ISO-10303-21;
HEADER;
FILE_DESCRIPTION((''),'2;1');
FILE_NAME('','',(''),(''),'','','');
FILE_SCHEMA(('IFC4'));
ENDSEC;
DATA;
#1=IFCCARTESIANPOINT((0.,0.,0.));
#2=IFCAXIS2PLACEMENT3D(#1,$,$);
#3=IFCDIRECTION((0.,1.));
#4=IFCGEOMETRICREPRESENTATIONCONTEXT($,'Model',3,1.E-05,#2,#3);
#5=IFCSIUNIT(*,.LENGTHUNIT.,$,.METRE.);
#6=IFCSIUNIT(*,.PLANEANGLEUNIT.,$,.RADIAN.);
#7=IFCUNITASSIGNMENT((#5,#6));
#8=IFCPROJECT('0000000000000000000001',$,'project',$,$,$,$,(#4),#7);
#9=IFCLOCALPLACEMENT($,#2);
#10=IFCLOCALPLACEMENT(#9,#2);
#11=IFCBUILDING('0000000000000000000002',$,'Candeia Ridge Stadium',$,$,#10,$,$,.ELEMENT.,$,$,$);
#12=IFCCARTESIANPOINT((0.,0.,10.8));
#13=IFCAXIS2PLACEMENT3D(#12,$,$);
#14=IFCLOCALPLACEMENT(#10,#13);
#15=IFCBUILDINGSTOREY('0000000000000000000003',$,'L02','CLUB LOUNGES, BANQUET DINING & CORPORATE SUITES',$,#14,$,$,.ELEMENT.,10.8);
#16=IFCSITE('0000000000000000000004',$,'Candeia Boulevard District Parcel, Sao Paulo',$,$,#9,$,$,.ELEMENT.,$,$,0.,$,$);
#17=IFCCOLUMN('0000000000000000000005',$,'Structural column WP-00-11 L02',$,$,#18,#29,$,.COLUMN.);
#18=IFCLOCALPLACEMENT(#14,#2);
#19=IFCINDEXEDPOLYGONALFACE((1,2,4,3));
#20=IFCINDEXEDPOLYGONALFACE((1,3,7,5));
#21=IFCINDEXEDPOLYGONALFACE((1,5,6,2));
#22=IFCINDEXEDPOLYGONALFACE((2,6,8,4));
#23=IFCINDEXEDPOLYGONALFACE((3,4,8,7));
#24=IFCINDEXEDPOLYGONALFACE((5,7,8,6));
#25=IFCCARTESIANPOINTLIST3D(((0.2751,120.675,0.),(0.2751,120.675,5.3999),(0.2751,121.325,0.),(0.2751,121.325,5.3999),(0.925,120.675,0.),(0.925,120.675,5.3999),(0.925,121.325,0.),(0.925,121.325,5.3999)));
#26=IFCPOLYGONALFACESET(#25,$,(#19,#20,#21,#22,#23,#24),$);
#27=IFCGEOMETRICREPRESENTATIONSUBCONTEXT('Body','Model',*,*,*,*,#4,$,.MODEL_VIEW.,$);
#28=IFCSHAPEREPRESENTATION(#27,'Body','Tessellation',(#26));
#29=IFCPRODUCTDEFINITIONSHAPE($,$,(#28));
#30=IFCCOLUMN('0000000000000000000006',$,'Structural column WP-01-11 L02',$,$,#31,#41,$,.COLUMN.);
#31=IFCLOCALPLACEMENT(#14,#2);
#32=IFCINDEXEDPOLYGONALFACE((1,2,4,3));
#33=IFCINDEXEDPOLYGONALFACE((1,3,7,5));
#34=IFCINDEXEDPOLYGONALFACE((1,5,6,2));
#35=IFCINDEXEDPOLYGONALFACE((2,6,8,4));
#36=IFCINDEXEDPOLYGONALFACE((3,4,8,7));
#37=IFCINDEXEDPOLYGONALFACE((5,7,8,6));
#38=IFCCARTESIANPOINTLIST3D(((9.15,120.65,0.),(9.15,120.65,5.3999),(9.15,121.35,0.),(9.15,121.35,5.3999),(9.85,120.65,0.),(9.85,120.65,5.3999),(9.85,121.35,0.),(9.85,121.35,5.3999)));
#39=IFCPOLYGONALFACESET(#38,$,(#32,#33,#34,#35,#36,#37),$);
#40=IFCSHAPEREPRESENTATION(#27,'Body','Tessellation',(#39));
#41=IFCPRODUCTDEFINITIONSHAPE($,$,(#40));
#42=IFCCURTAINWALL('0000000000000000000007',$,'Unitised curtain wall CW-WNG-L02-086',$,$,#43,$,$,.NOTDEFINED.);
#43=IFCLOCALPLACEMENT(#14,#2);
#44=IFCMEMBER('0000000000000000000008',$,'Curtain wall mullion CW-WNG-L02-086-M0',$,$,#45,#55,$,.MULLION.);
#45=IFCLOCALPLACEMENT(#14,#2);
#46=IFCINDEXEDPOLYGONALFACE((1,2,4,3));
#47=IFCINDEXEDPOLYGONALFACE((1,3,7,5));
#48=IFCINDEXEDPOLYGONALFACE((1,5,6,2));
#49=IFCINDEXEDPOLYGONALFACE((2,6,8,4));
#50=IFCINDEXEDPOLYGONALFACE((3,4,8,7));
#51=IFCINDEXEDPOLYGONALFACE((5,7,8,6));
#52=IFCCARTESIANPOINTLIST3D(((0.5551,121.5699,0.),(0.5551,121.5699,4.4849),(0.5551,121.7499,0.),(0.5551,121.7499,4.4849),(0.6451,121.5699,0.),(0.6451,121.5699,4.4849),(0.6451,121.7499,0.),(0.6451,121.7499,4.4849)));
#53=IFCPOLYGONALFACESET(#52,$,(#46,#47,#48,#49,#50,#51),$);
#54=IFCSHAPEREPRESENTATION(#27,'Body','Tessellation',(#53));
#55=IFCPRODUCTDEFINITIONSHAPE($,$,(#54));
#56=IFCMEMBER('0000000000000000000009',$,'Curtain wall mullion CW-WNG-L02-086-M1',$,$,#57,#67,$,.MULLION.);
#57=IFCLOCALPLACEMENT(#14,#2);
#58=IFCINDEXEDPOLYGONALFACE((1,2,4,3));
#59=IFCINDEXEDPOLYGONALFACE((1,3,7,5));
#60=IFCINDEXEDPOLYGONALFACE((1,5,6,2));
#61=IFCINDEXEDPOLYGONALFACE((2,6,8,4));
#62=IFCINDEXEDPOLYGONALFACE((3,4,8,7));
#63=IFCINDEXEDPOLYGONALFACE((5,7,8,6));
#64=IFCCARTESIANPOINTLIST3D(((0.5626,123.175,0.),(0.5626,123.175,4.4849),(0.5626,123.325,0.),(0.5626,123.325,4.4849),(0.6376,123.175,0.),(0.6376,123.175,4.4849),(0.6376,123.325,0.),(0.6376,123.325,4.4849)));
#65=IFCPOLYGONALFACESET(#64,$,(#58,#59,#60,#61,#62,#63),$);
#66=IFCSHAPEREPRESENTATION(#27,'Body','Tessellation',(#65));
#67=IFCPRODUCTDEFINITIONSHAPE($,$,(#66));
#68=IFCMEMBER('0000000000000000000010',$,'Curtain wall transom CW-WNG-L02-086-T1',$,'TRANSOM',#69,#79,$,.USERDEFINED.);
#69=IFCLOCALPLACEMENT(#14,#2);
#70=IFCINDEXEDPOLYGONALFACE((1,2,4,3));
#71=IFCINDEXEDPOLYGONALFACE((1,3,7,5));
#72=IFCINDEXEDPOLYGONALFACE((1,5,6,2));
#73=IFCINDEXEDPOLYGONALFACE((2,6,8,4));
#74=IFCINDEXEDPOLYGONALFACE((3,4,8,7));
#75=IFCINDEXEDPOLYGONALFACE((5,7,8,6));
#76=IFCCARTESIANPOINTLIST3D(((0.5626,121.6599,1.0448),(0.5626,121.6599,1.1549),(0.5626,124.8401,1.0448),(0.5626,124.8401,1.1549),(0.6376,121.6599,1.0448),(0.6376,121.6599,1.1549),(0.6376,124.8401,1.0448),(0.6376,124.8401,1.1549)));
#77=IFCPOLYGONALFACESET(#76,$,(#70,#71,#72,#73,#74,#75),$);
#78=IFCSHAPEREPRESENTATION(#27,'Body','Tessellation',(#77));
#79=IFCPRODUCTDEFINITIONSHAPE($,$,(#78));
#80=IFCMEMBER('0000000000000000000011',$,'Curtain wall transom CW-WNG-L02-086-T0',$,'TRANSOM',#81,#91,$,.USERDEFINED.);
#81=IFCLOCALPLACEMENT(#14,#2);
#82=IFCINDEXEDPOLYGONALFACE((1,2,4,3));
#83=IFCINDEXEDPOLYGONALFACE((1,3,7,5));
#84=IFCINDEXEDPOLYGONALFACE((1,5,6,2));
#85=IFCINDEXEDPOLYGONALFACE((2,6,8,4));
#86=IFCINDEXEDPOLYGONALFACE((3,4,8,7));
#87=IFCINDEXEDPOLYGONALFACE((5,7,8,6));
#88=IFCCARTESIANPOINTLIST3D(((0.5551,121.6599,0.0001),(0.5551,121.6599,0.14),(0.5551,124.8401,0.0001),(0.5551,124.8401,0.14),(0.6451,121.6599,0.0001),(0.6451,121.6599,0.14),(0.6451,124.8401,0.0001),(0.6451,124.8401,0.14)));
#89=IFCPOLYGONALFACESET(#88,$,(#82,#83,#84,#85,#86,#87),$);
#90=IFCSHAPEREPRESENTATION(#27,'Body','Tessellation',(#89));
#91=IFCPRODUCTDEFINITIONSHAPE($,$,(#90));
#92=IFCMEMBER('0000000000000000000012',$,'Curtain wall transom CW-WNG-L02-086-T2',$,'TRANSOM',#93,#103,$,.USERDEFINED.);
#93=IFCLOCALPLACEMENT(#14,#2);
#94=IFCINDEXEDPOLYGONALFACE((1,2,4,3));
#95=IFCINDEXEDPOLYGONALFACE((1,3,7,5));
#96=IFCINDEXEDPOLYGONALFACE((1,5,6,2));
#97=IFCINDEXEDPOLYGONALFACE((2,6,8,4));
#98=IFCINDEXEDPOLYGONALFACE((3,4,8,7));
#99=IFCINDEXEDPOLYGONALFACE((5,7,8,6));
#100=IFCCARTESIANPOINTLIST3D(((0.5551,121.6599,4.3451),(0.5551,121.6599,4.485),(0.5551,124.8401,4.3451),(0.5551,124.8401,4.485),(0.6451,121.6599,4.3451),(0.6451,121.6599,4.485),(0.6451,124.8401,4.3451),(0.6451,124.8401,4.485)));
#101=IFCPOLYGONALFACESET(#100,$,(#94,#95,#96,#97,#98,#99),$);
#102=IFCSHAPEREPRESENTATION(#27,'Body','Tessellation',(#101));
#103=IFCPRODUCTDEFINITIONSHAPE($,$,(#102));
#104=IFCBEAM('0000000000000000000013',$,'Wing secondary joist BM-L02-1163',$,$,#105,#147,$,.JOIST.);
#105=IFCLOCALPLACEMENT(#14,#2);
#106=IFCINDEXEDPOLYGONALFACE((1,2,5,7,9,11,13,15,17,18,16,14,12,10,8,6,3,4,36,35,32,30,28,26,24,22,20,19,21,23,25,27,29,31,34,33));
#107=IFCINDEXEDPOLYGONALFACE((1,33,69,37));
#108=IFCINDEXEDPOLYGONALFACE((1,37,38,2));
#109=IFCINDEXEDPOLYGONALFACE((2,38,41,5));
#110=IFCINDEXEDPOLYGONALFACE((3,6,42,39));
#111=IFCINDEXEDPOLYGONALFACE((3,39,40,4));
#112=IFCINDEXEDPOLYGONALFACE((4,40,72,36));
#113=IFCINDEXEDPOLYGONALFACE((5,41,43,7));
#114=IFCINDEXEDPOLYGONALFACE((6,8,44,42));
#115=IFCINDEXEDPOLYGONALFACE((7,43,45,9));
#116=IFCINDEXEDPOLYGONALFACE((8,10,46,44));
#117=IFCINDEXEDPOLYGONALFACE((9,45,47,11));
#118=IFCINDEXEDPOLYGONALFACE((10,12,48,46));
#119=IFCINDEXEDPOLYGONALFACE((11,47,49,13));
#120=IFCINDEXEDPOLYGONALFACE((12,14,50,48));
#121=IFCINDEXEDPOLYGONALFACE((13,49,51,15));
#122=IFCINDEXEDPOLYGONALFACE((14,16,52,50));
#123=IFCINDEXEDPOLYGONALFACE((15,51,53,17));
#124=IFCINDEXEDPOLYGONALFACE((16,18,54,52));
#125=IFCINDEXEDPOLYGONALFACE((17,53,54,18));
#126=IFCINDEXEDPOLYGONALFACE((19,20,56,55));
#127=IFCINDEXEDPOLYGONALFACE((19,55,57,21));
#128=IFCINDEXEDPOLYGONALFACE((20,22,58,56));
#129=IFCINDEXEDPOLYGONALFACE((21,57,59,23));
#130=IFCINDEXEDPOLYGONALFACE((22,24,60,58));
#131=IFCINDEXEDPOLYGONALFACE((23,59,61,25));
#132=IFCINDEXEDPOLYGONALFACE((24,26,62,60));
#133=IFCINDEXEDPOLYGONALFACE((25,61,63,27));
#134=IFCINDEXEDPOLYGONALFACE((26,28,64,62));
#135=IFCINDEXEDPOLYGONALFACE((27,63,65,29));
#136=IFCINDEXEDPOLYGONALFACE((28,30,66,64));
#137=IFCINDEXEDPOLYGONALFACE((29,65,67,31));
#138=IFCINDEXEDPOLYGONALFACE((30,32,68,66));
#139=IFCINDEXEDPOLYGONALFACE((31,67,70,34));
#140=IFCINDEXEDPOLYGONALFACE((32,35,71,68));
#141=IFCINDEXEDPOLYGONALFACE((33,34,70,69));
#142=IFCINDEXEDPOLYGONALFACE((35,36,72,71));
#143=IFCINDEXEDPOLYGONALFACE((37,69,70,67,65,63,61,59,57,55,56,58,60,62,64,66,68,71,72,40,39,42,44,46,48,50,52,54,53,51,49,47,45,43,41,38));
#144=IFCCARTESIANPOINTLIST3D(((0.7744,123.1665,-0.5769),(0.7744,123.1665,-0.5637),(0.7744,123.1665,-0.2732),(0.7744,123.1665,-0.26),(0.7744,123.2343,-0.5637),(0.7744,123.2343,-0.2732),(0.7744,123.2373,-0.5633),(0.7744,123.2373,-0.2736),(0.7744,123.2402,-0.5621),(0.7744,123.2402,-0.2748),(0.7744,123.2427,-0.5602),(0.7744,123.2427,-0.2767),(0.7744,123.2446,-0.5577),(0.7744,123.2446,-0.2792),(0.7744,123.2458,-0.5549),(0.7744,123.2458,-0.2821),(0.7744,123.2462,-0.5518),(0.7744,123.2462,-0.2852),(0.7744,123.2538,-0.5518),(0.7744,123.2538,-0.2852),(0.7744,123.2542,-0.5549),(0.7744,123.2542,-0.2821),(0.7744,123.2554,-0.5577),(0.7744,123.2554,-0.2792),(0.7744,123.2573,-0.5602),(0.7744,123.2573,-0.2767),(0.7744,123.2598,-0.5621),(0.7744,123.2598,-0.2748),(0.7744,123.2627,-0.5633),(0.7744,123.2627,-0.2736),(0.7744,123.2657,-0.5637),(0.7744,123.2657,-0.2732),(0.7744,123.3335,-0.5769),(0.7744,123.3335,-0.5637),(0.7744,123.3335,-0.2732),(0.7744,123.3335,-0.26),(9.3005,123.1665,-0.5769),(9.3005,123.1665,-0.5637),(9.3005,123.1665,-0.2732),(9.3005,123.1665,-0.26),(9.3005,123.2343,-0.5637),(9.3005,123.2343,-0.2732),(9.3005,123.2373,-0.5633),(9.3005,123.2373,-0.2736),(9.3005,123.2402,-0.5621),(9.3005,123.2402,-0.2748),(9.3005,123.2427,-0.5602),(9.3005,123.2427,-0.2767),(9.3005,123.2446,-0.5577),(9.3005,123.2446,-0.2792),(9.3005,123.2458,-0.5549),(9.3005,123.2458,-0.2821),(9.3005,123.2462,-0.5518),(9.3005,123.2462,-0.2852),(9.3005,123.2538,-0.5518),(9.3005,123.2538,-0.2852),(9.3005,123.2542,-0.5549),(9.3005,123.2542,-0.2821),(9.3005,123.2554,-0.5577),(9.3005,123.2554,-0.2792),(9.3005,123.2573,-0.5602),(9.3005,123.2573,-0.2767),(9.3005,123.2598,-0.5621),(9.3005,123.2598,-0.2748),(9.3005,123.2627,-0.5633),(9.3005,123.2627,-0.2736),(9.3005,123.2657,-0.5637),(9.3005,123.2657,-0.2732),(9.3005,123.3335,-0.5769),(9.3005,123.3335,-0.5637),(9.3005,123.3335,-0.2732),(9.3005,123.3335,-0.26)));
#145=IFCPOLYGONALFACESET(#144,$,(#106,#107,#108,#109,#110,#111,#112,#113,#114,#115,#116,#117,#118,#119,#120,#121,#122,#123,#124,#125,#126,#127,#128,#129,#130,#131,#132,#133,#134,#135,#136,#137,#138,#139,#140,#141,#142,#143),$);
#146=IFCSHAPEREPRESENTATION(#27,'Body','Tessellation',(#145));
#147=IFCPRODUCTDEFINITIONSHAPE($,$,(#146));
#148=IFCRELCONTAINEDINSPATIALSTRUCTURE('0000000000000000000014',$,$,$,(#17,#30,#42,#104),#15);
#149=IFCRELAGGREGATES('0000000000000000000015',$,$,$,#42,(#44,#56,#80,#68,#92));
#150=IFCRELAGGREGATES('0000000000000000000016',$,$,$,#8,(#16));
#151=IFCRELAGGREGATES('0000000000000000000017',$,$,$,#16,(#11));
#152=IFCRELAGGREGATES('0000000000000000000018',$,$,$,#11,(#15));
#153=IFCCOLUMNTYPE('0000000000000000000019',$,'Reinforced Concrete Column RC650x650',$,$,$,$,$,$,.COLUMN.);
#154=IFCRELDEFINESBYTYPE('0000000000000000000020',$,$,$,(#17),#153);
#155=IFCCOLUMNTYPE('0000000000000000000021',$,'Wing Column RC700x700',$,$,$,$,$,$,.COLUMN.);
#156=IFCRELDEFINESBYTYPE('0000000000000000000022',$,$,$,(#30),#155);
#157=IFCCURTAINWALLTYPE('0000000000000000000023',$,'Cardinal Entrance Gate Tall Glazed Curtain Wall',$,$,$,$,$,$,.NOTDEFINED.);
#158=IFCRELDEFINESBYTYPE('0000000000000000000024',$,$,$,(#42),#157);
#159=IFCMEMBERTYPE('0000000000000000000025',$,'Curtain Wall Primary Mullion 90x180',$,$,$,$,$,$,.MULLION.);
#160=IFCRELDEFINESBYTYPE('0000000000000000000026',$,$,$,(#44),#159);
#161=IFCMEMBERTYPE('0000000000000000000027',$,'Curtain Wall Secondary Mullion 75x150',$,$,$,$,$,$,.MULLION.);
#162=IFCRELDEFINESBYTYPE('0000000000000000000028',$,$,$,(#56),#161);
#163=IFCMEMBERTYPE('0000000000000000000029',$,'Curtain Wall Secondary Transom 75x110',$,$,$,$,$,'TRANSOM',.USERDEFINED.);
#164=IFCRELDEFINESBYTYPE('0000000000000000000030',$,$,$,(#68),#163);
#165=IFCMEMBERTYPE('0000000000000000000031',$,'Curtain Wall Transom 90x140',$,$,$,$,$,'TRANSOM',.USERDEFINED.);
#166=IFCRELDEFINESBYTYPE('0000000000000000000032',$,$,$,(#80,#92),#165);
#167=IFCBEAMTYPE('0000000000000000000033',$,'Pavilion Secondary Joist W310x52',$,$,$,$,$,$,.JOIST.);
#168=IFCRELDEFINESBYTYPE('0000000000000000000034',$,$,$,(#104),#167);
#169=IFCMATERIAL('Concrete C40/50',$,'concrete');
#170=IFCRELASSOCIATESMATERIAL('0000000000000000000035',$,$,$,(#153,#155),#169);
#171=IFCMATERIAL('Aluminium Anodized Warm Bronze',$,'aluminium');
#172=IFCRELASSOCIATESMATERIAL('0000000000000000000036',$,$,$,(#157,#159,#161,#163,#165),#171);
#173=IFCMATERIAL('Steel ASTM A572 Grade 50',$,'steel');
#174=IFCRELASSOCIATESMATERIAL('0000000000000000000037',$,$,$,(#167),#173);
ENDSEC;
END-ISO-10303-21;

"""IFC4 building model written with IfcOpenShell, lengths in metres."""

from ifc_helpers import new_model, si_unit, direction, frame, origin, origin_2d, place, context, subcontext, project, spatial, rectangle, i_section, extrude, material, material_profile, profile_set, type_object, element, aggregate, save


model = new_model("IFC4")

# Units and contexts
model_context = context("Model", 3, precision=1e-05, world=origin(), true_north=direction((0.0, 1.0)))
body_context = subcontext(model_context, "Body", "Model", "MODEL_VIEW")
ifc_project = project(units=[si_unit("LENGTHUNIT", "METRE"), si_unit("PLANEANGLEUNIT", "RADIAN")], contexts=[model_context])

# Site, building, storey
site_placement = place(None, origin())
site = spatial("IfcSite", under=ifc_project, at=site_placement, Name="Candeia Boulevard District Parcel, Sao Paulo", CompositionType="ELEMENT", RefElevation=0.0)
building_placement = place(site_placement, origin())
building = spatial("IfcBuilding", under=site, at=building_placement, Name="Candeia Ridge Stadium", CompositionType="ELEMENT")
storey_placement = place(building_placement, frame((0.0, 0.0, 10.8)))
storey = spatial("IfcBuildingStorey", under=building, at=storey_placement, Name="L02", Description="CLUB LOUNGES, BANQUET DINING & CORPORATE SUITES", CompositionType="ELEMENT", Elevation=10.8)

# Columns
ifc_material_1 = material(Name="Concrete C40/50", Category="concrete")
ifc_material_profile_1 = material_profile(ifc_material_1, rectangle(XDim=0.6499, YDim=0.6499, at=origin_2d()), Name="RC650x650", Category="concrete")
ifc_profile_set_1 = profile_set([ifc_material_profile_1], Name="Concrete C40/50")
column_type_1 = type_object("IfcColumnType", Name="Reinforced Concrete Column RC650x650", PredefinedType="COLUMN", material=ifc_profile_set_1)
column_1_placement = place(storey_placement, frame((0.6001, 121.0, 0.0), z_axis=(0.0, 0.0, 1.0), x_axis=(1.0, 0.0, 0.0)))
element("IfcColumn", 1, at=column_1_placement, inside=storey, type_object=column_type_1, Name="Structural column WP-00-11 L02", PredefinedType="COLUMN", context=body_context, shape_type="SweptSolid", body=[
    extrude(rectangle(XDim=0.6499, YDim=0.6499, at=origin_2d()), origin(), (0.0, 0.0, 1.0), 5.3999),
])
ifc_material_profile_2 = material_profile(ifc_material_1, rectangle(XDim=0.7, YDim=0.7, at=origin_2d()), Name="RC700x700", Category="concrete")
ifc_profile_set_2 = profile_set([ifc_material_profile_2], Name="Concrete C40/50")
column_type_2 = type_object("IfcColumnType", Name="Wing Column RC700x700", PredefinedType="COLUMN", material=ifc_profile_set_2)
column_2_placement = place(storey_placement, frame((9.5, 121.0, 0.0), z_axis=(0.0, 0.0, 1.0), x_axis=(1.0, 0.0, 0.0)))
element("IfcColumn", 2, at=column_2_placement, inside=storey, type_object=column_type_2, Name="Structural column WP-01-11 L02", PredefinedType="COLUMN", context=body_context, shape_type="SweptSolid", body=[
    extrude(rectangle(XDim=0.7, YDim=0.7, at=origin_2d()), origin(), (0.0, 0.0, 1.0), 5.3999),
])

# Curtain wall, members
ifc_material_2 = material(Name="Aluminium Anodized Warm Bronze", Category="aluminium")
curtain_wall_type = type_object("IfcCurtainWallType", Name="Cardinal Entrance Gate Tall Glazed Curtain Wall", PredefinedType="NOTDEFINED", material=ifc_material_2)
curtain_wall_placement = place(storey_placement, origin())
curtain_wall = element("IfcCurtainWall", 3, at=curtain_wall_placement, inside=storey, type_object=curtain_wall_type, Name="Unitised curtain wall CW-WNG-L02-086", PredefinedType="NOTDEFINED")
ifc_material_profile_3 = material_profile(ifc_material_2, rectangle(XDim=0.0901, YDim=0.1799, at=origin_2d()), Name="CWM-90x180", Category="aluminium")
ifc_profile_set_3 = profile_set([ifc_material_profile_3], Name="Aluminium Anodized Warm Bronze")
member_type_1 = type_object("IfcMemberType", Name="Curtain Wall Primary Mullion 90x180", PredefinedType="MULLION", material=ifc_profile_set_3)
member_1_placement = place(storey_placement, frame((0.6001, 121.6599, 0.0), z_axis=(0.0, 0.0, 1.0), x_axis=(1.0, 0.0, 0.0)))
member_1 = element("IfcMember", 4, at=member_1_placement, type_object=member_type_1, Name="Curtain wall mullion CW-WNG-L02-086-M0", PredefinedType="MULLION", context=body_context, shape_type="SweptSolid", body=[
    extrude(rectangle(XDim=0.0901, YDim=0.1799, at=origin_2d()), origin(), (0.0, 0.0, 1.0), 4.4849),
])
ifc_material_profile_4 = material_profile(ifc_material_2, rectangle(XDim=0.075, YDim=0.1499, at=origin_2d()), Name="CWM-75x150", Category="aluminium")
ifc_profile_set_4 = profile_set([ifc_material_profile_4], Name="Aluminium Anodized Warm Bronze")
member_type_2 = type_object("IfcMemberType", Name="Curtain Wall Secondary Mullion 75x150", PredefinedType="MULLION", material=ifc_profile_set_4)
member_2_placement = place(storey_placement, frame((0.6001, 123.25, 0.0), z_axis=(0.0, 0.0, 1.0), x_axis=(1.0, 0.0, 0.0)))
member_2 = element("IfcMember", 5, at=member_2_placement, type_object=member_type_2, Name="Curtain wall mullion CW-WNG-L02-086-M1", PredefinedType="MULLION", context=body_context, shape_type="SweptSolid", body=[
    extrude(rectangle(XDim=0.075, YDim=0.1499, at=origin_2d()), origin(), (0.0, 0.0, 1.0), 4.4849),
])
ifc_material_profile_5 = material_profile(ifc_material_2, rectangle(XDim=0.075, YDim=0.1101, at=origin_2d()), Name="CWT-75x110", Category="aluminium")
ifc_profile_set_5 = profile_set([ifc_material_profile_5], Name="Aluminium Anodized Warm Bronze")
member_type_3 = type_object("IfcMemberType", Name="Curtain Wall Secondary Transom 75x110", ElementType="TRANSOM", PredefinedType="USERDEFINED", material=ifc_profile_set_5)
member_3_placement = place(storey_placement, frame((0.6001, 121.6599, 1.0999), z_axis=(0.0, 1.0, 0.0), x_axis=(-1.0, 0.0, 0.0)))
member_3 = element("IfcMember", 6, at=member_3_placement, type_object=member_type_3, Name="Curtain wall transom CW-WNG-L02-086-T1", ObjectType="TRANSOM", PredefinedType="USERDEFINED", context=body_context, shape_type="SweptSolid", body=[
    extrude(rectangle(XDim=0.075, YDim=0.1101, at=origin_2d()), origin(), (0.0, 0.0, 1.0), 3.1802),
])
ifc_material_profile_6 = material_profile(ifc_material_2, rectangle(XDim=0.0901, YDim=0.1399, at=origin_2d()), Name="CWT-90x140", Category="aluminium")
ifc_profile_set_6 = profile_set([ifc_material_profile_6], Name="Aluminium Anodized Warm Bronze")
member_type_4 = type_object("IfcMemberType", Name="Curtain Wall Transom 90x140", ElementType="TRANSOM", PredefinedType="USERDEFINED", material=ifc_profile_set_6)
member_4_placement = place(storey_placement, frame((0.6001, 121.6599, 0.0701), z_axis=(0.0, 1.0, 0.0), x_axis=(-1.0, 0.0, 0.0)))
member_4 = element("IfcMember", 7, at=member_4_placement, type_object=member_type_4, Name="Curtain wall transom CW-WNG-L02-086-T0", ObjectType="TRANSOM", PredefinedType="USERDEFINED", context=body_context, shape_type="SweptSolid", body=[
    extrude(rectangle(XDim=0.0901, YDim=0.1399, at=origin_2d()), origin(), (0.0, 0.0, 1.0), 3.1802),
])
member_5_placement = place(storey_placement, frame((0.6001, 121.6599, 4.415), z_axis=(0.0, 1.0, 0.0), x_axis=(-1.0, 0.0, 0.0)))
member_5 = element("IfcMember", 8, at=member_5_placement, type_object=member_type_4, Name="Curtain wall transom CW-WNG-L02-086-T2", ObjectType="TRANSOM", PredefinedType="USERDEFINED", context=body_context, shape_type="SweptSolid", body=[
    extrude(rectangle(XDim=0.0901, YDim=0.1399, at=origin_2d()), origin(), (0.0, 0.0, 1.0), 3.1802),
])

# Beam
ifc_material_3 = material(Name="Steel ASTM A572 Grade 50", Category="steel")
ifc_material_profile_7 = material_profile(ifc_material_3, i_section(OverallWidth=0.167, OverallDepth=0.3169, WebThickness=0.0076, FlangeThickness=0.0132, FilletRadius=0.012, at=origin_2d()), Name="W310x52", Category="steel")
ifc_profile_set_7 = profile_set([ifc_material_profile_7], Name="Steel ASTM A572 Grade 50")
beam_type_1 = type_object("IfcBeamType", Name="Pavilion Secondary Joist W310x52", PredefinedType="JOIST", material=ifc_profile_set_7)
beam_1_placement = place(storey_placement, frame((0.7744, 123.25, -0.4185), z_axis=(1.0, 0.0, 0.0), x_axis=(0.0, 1.0, 0.0)))
element("IfcBeam", 9, at=beam_1_placement, inside=storey, type_object=beam_type_1, Name="Wing secondary joist BM-L02-1163", PredefinedType="JOIST", context=body_context, shape_type="SweptSolid", body=[
    extrude(i_section(OverallWidth=0.167, OverallDepth=0.3169, WebThickness=0.0076, FlangeThickness=0.0132, FilletRadius=0.012, at=origin_2d()), origin(), (0.0, 0.0, 1.0), 8.5261),
])

aggregate(curtain_wall, [member_1, member_2, member_4, member_3, member_5])

save(model, "model.ifc")
